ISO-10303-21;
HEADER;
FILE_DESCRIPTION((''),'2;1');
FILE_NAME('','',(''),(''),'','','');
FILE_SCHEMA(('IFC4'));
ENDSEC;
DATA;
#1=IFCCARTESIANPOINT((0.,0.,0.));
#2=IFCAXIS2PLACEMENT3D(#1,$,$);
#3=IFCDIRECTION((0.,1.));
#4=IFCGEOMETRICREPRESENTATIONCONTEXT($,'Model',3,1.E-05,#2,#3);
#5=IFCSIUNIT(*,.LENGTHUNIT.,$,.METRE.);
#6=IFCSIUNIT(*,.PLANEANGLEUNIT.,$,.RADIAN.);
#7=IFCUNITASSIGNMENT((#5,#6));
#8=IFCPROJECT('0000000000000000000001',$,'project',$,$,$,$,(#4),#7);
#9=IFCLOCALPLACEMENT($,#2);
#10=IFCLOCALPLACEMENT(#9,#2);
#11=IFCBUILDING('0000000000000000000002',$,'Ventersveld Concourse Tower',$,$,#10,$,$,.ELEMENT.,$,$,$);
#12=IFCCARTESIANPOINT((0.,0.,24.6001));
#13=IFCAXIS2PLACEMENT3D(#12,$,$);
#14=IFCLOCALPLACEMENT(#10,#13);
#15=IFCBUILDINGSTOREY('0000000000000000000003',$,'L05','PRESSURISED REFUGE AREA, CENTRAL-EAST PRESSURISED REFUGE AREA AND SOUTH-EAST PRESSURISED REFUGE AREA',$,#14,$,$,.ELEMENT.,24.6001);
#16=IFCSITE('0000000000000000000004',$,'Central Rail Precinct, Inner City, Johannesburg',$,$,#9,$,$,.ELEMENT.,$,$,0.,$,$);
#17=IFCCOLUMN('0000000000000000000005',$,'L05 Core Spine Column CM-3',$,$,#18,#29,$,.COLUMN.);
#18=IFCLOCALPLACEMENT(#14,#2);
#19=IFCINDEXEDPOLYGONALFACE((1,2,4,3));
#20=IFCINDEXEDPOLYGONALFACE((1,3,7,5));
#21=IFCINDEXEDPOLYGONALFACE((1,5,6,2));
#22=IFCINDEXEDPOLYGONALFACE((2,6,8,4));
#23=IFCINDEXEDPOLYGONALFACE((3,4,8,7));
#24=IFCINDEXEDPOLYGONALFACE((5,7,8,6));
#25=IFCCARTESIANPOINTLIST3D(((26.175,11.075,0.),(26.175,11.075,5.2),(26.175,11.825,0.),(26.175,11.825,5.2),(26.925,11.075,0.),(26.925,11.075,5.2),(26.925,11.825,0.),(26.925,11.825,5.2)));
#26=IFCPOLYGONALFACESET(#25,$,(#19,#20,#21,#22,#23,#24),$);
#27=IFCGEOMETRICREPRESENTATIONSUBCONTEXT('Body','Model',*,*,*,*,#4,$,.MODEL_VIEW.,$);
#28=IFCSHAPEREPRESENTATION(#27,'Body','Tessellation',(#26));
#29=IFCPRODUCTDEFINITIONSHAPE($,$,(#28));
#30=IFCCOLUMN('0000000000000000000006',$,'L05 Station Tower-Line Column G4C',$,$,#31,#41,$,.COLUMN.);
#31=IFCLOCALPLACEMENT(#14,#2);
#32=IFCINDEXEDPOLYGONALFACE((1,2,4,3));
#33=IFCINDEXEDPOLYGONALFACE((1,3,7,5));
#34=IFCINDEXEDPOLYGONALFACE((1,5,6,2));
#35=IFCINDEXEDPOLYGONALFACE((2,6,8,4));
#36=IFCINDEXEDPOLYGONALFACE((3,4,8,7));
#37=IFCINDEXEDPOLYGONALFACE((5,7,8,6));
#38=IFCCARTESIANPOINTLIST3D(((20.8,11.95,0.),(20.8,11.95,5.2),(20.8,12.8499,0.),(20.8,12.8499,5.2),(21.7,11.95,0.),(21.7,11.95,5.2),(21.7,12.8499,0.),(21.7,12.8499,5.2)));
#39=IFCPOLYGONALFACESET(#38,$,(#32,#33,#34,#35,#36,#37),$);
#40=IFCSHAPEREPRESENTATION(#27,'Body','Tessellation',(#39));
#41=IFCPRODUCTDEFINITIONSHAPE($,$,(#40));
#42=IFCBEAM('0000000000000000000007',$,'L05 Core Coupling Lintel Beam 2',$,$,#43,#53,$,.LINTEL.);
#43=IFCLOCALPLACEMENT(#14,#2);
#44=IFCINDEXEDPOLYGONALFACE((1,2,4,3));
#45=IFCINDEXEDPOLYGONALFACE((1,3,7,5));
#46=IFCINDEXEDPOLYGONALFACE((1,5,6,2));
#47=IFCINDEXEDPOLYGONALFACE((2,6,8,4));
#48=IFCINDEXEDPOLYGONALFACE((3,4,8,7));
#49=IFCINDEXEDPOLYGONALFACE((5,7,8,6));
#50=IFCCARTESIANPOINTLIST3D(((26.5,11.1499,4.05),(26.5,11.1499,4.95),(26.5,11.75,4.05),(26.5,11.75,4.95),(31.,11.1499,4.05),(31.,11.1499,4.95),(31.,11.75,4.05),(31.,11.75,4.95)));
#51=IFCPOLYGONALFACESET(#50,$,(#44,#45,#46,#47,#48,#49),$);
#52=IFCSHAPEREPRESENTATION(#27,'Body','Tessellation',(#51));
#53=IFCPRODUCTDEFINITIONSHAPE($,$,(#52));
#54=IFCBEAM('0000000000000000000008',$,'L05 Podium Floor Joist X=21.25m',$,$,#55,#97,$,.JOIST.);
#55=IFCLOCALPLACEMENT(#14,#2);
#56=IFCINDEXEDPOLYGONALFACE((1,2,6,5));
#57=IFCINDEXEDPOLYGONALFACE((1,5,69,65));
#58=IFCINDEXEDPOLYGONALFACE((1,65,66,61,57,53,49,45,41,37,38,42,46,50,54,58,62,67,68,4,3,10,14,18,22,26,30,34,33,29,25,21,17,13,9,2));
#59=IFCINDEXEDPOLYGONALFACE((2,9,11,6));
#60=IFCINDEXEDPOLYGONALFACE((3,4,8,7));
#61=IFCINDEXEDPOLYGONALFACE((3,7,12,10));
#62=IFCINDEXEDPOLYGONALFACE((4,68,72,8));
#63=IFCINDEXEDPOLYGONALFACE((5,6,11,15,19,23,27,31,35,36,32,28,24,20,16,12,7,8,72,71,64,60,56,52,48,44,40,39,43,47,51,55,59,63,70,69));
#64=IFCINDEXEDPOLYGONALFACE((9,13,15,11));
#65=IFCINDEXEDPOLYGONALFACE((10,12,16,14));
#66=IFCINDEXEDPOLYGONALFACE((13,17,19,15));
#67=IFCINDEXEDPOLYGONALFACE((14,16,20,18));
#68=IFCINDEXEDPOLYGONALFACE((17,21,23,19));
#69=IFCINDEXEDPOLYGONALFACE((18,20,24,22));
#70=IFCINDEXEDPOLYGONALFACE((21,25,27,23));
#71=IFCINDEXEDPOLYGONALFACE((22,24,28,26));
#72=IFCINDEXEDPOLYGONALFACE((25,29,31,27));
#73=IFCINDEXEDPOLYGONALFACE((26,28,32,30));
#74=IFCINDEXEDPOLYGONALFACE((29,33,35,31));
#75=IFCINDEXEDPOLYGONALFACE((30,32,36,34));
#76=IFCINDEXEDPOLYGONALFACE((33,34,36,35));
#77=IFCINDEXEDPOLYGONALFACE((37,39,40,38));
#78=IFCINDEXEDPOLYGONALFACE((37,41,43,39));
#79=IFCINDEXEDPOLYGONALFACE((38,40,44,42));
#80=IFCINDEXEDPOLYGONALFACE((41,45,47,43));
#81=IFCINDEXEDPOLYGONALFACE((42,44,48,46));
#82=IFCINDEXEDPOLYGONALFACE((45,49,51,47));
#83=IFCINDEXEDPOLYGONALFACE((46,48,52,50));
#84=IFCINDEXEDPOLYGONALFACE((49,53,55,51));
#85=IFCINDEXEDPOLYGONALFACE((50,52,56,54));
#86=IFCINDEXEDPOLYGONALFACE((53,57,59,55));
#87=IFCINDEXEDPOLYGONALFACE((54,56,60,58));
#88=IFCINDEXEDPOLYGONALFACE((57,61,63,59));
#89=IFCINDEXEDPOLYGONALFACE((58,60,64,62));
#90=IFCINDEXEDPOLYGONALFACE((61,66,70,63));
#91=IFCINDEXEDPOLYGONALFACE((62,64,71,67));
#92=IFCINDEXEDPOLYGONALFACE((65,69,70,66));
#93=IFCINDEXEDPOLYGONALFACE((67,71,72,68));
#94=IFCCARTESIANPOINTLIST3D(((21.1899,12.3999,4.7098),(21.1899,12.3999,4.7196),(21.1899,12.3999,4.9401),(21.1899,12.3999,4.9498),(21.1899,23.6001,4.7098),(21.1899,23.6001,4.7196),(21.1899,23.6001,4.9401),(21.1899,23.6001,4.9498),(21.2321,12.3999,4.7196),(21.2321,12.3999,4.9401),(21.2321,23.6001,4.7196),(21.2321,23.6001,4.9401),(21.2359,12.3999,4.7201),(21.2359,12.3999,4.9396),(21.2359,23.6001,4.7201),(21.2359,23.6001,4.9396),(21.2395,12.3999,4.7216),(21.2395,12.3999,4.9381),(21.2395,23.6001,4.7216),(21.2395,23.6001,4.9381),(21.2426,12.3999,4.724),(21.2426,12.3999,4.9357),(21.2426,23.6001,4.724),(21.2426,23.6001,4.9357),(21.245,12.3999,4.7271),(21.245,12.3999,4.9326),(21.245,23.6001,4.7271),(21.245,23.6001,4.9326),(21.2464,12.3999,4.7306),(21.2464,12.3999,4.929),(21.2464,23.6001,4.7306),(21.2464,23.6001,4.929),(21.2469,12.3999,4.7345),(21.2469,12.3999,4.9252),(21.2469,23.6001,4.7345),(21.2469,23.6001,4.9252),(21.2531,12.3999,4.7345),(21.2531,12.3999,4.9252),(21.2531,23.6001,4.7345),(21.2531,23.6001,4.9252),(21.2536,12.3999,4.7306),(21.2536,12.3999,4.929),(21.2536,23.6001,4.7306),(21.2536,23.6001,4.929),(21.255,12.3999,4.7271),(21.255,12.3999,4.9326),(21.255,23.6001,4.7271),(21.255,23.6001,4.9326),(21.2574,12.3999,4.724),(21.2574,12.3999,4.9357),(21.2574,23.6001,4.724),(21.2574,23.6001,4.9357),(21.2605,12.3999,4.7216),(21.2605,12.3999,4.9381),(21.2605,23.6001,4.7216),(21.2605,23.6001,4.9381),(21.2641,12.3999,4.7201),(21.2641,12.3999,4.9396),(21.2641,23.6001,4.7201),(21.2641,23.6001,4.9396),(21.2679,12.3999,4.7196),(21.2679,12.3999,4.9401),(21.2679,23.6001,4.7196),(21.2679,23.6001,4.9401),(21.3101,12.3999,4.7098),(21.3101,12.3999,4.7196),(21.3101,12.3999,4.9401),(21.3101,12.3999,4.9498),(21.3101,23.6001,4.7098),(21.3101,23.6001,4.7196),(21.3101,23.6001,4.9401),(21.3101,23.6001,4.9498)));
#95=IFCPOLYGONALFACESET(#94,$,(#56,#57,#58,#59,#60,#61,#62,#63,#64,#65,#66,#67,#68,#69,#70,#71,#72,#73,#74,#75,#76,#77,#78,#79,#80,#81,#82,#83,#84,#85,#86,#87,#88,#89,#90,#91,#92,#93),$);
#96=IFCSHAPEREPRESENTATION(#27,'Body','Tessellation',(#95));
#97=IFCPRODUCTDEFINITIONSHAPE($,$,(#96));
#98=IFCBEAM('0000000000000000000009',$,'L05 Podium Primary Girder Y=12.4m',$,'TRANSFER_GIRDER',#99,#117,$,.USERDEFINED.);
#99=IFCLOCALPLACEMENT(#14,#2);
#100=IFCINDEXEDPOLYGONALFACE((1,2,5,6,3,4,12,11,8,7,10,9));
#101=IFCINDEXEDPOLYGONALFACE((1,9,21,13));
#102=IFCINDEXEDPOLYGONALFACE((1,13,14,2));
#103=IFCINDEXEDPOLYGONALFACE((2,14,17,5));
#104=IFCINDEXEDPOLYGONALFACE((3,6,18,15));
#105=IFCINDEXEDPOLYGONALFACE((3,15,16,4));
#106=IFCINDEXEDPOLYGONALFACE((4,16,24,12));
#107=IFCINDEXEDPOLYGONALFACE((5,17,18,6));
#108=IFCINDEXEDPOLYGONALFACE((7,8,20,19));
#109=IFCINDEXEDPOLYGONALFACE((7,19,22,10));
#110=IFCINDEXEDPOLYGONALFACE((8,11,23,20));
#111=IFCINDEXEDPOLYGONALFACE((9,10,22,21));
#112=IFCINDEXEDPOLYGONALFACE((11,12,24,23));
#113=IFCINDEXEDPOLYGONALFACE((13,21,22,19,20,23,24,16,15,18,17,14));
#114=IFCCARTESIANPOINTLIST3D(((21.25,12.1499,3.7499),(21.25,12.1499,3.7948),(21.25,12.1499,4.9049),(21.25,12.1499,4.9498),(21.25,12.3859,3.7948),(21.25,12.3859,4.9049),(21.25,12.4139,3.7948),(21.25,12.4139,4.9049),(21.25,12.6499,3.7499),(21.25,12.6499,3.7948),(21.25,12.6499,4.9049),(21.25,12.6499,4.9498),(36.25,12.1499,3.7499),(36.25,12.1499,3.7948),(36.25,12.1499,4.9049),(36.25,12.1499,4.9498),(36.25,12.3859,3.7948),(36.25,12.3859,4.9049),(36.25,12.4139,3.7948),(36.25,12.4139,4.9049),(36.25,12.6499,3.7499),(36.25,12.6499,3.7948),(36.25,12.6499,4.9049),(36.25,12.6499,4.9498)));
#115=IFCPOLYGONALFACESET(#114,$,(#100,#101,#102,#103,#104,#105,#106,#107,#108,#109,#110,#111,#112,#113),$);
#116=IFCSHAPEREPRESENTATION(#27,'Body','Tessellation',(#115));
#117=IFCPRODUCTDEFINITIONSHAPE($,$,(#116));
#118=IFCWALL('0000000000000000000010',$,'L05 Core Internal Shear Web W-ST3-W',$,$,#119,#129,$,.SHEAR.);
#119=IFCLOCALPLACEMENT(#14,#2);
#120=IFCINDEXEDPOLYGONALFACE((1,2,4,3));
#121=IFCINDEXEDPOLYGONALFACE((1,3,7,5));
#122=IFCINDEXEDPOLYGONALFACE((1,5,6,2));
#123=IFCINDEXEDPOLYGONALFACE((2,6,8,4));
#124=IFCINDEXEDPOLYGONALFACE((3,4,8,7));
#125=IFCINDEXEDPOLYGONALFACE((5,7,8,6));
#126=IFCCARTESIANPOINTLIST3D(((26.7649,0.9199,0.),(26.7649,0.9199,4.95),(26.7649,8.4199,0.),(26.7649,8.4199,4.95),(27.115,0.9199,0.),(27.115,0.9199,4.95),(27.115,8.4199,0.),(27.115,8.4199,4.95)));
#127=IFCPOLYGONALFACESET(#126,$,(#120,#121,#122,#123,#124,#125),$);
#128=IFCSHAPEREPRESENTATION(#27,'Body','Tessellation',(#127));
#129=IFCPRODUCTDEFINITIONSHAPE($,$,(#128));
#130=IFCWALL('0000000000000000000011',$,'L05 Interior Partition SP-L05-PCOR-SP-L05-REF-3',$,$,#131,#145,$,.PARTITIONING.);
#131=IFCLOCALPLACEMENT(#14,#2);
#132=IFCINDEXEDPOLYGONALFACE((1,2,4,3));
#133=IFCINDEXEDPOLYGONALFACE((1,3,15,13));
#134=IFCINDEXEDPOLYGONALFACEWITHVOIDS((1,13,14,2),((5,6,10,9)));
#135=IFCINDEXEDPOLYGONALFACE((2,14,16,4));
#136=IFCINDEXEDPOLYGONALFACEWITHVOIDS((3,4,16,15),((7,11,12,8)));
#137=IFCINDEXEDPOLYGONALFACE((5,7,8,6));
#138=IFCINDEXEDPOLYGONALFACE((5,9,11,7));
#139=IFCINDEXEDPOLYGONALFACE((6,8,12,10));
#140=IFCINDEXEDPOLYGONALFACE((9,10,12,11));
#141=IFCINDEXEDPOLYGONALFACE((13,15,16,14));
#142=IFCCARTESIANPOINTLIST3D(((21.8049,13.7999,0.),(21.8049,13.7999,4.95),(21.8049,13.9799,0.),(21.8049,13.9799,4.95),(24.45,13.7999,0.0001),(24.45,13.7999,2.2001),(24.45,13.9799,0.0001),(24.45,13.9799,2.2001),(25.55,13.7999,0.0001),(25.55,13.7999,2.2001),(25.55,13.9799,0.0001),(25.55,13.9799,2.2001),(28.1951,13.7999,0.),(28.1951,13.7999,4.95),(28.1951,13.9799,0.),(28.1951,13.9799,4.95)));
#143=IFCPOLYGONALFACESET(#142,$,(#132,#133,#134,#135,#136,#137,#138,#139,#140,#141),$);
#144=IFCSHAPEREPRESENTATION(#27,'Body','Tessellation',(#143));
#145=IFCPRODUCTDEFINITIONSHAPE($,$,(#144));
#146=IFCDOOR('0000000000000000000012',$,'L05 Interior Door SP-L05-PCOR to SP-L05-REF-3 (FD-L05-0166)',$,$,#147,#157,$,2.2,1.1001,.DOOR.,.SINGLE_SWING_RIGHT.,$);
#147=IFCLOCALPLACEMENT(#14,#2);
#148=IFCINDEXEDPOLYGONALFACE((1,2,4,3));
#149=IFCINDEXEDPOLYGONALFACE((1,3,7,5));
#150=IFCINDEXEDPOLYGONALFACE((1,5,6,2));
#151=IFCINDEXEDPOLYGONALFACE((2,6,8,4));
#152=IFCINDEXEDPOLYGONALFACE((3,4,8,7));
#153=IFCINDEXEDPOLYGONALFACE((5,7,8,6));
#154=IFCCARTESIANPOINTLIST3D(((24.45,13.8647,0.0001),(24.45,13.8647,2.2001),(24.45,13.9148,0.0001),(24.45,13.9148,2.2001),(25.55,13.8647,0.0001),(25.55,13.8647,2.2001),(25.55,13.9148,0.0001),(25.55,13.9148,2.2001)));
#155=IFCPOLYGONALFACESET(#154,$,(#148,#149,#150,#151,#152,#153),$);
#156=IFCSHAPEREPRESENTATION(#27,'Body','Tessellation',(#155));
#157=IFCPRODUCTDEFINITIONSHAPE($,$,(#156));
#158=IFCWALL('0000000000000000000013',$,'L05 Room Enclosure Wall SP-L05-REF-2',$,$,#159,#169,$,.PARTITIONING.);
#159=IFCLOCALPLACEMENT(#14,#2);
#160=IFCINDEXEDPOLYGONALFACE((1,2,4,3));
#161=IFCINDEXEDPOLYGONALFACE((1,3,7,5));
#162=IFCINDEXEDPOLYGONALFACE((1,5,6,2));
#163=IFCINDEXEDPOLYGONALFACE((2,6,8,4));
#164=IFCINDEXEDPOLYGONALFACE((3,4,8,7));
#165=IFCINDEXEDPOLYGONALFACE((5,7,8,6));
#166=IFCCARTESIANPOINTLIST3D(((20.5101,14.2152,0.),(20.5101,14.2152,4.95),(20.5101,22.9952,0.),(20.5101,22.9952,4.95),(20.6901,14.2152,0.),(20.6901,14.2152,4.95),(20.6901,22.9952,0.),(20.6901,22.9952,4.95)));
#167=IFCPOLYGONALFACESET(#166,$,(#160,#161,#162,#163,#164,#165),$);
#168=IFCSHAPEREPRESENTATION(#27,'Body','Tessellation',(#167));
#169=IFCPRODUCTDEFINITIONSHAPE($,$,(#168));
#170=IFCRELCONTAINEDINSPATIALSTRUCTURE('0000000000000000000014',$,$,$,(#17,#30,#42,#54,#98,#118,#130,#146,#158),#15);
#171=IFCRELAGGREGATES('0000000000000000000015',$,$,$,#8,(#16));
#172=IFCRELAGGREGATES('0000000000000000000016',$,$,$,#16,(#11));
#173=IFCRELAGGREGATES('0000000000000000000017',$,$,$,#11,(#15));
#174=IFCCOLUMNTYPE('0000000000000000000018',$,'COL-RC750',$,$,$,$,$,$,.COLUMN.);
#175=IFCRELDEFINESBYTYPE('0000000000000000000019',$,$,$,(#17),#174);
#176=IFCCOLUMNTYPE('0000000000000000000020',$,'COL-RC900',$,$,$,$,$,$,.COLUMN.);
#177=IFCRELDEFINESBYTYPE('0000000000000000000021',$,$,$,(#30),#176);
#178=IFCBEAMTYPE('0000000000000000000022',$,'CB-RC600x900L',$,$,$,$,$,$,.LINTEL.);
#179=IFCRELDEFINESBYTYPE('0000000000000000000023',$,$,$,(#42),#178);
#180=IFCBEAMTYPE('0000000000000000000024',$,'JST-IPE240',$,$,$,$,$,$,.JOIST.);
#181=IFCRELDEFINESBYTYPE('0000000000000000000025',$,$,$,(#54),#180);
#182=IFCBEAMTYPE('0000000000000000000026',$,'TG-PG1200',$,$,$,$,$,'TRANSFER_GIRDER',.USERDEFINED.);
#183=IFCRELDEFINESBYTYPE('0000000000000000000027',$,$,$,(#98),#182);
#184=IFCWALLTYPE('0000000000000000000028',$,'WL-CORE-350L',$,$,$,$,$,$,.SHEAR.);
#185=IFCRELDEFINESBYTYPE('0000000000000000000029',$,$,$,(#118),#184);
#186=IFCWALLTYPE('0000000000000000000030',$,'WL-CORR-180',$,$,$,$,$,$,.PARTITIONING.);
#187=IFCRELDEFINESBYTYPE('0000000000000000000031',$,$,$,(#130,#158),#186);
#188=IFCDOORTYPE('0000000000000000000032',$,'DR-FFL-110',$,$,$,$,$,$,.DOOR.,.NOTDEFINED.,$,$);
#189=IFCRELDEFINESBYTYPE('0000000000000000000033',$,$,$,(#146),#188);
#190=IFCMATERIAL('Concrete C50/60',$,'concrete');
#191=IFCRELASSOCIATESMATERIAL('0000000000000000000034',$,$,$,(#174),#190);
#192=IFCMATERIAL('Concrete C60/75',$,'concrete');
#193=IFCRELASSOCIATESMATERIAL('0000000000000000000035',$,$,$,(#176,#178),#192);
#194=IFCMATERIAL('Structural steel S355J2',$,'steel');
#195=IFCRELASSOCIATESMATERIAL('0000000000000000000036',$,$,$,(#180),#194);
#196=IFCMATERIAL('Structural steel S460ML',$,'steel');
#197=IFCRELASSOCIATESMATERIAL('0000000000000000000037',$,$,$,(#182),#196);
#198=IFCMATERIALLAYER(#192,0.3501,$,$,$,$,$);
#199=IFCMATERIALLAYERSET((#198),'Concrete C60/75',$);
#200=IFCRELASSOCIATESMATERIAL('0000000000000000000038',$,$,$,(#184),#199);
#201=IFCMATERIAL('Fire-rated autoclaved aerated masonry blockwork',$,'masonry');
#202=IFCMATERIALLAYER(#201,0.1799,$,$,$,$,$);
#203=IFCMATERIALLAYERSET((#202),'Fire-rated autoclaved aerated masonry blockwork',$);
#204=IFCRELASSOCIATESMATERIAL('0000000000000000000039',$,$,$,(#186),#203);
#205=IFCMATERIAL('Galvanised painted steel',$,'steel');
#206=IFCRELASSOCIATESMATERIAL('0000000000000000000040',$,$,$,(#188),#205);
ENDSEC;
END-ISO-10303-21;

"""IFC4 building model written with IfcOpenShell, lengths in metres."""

from ifc_helpers import new_model, si_unit, direction, frame, frame_2d, origin, origin_2d, place, context, subcontext, project, spatial, rectangle, i_section, extrude, material, layer, layer_set, material_profile, profile_set, type_object, element, fill, save


model = new_model("IFC4")

# Units and contexts
model_context = context("Model", 3, precision=1e-05, world=origin(), true_north=direction((0.0, 1.0)))
body_context = subcontext(model_context, "Body", "Model", "MODEL_VIEW")
ifc_project = project(units=[si_unit("LENGTHUNIT", "METRE"), si_unit("PLANEANGLEUNIT", "RADIAN")], contexts=[model_context])

# Site, building, storey
site_placement = place(None, origin())
site = spatial("IfcSite", under=ifc_project, at=site_placement, Name="Central Rail Precinct, Inner City, Johannesburg", CompositionType="ELEMENT", RefElevation=0.0)
building_placement = place(site_placement, origin())
building = spatial("IfcBuilding", under=site, at=building_placement, Name="Ventersveld Concourse Tower", CompositionType="ELEMENT")
storey_placement = place(building_placement, frame((0.0, 0.0, 24.6001)))
storey = spatial("IfcBuildingStorey", under=building, at=storey_placement, Name="L05", Description="PRESSURISED REFUGE AREA, CENTRAL-EAST PRESSURISED REFUGE AREA AND SOUTH-EAST PRESSURISED REFUGE AREA", CompositionType="ELEMENT", Elevation=24.6001)

# Columns
ifc_material_1 = material(Name="Concrete C50/60", Category="concrete")
ifc_material_profile_1 = material_profile(ifc_material_1, rectangle(XDim=0.75, YDim=0.75, at=origin_2d()), Name="RC 750x750")
ifc_profile_set_1 = profile_set([ifc_material_profile_1], Name="Concrete C50/60")
column_type_1 = type_object("IfcColumnType", Name="COL-RC750", PredefinedType="COLUMN", material=ifc_profile_set_1)
column_1_placement = place(storey_placement, frame((26.55, 11.45, 0.0), z_axis=(0.0, 0.0, 1.0), x_axis=(1.0, 0.0, 0.0)))
element("IfcColumn", 1, at=column_1_placement, inside=storey, type_object=column_type_1, Name="L05 Core Spine Column CM-3", PredefinedType="COLUMN", context=body_context, shape_type="SweptSolid", body=[
    extrude(rectangle(XDim=0.75, YDim=0.75, at=origin_2d()), origin(), (0.0, 0.0, 1.0), 5.2),
])
ifc_material_2 = material(Name="Concrete C60/75", Category="concrete")
ifc_material_profile_2 = material_profile(ifc_material_2, rectangle(XDim=0.8999, YDim=0.8999, at=origin_2d()), Name="RC 900x900")
ifc_profile_set_2 = profile_set([ifc_material_profile_2], Name="Concrete C60/75")
column_type_2 = type_object("IfcColumnType", Name="COL-RC900", PredefinedType="COLUMN", material=ifc_profile_set_2)
column_2_placement = place(storey_placement, frame((21.25, 12.3999, 0.0), z_axis=(0.0, 0.0, 1.0), x_axis=(1.0, 0.0, 0.0)))
element("IfcColumn", 2, at=column_2_placement, inside=storey, type_object=column_type_2, Name="L05 Station Tower-Line Column G4C", PredefinedType="COLUMN", context=body_context, shape_type="SweptSolid", body=[
    extrude(rectangle(XDim=0.8999, YDim=0.8999, at=origin_2d()), origin(), (0.0, 0.0, 1.0), 5.2),
])

# Beams
ifc_material_profile_3 = material_profile(ifc_material_2, rectangle(XDim=0.6001, YDim=0.8999, at=origin_2d()), Name="RC 600x900")
ifc_profile_set_3 = profile_set([ifc_material_profile_3], Name="Concrete C60/75")
beam_type_1 = type_object("IfcBeamType", Name="CB-RC600x900L", PredefinedType="LINTEL", material=ifc_profile_set_3)
beam_1_placement = place(storey_placement, frame((26.5, 11.45, 4.5), z_axis=(1.0, 0.0, 0.0), x_axis=(0.0, 1.0, 0.0)))
element("IfcBeam", 3, at=beam_1_placement, inside=storey, type_object=beam_type_1, Name="L05 Core Coupling Lintel Beam 2", PredefinedType="LINTEL", context=body_context, shape_type="SweptSolid", body=[
    extrude(rectangle(XDim=0.6001, YDim=0.8999, at=origin_2d()), origin(), (0.0, 0.0, 1.0), 4.5),
])
ifc_material_3 = material(Name="Structural steel S355J2", Category="steel")
ifc_material_profile_4 = material_profile(ifc_material_3, i_section(OverallWidth=0.1201, OverallDepth=0.24, WebThickness=0.0061, FlangeThickness=0.0098, FilletRadius=0.0149, at=origin_2d()), Name="IPE 240")
ifc_profile_set_4 = profile_set([ifc_material_profile_4], Name="Structural steel S355J2")
beam_type_2 = type_object("IfcBeamType", Name="JST-IPE240", PredefinedType="JOIST", material=ifc_profile_set_4)
beam_2_placement = place(storey_placement, frame((21.25, 12.3999, 4.8298), z_axis=(0.0, 1.0, 0.0), x_axis=(-1.0, 0.0, 0.0)))
element("IfcBeam", 4, at=beam_2_placement, inside=storey, type_object=beam_type_2, Name="L05 Podium Floor Joist X=21.25m", PredefinedType="JOIST", context=body_context, shape_type="SweptSolid", body=[
    extrude(i_section(OverallWidth=0.1201, OverallDepth=0.24, WebThickness=0.0061, FlangeThickness=0.0098, FilletRadius=0.0149, at=origin_2d()), origin(), (0.0, 0.0, 1.0), 11.2002),
])
ifc_material_4 = material(Name="Structural steel S460ML", Category="steel")
ifc_material_profile_5 = material_profile(ifc_material_4, i_section(OverallWidth=0.5, OverallDepth=1.2, WebThickness=0.0281, FlangeThickness=0.0449, at=origin_2d()), Name="PG 1200x500x45")
ifc_profile_set_5 = profile_set([ifc_material_profile_5], Name="Structural steel S460ML")
beam_type_3 = type_object("IfcBeamType", Name="TG-PG1200", ElementType="TRANSFER_GIRDER", PredefinedType="USERDEFINED", material=ifc_profile_set_5)
beam_3_placement = place(storey_placement, frame((21.25, 12.3999, 4.3499), z_axis=(1.0, 0.0, 0.0), x_axis=(0.0, 1.0, 0.0)))
element("IfcBeam", 5, at=beam_3_placement, inside=storey, type_object=beam_type_3, Name="L05 Podium Primary Girder Y=12.4m", ObjectType="TRANSFER_GIRDER", PredefinedType="USERDEFINED", context=body_context, shape_type="SweptSolid", body=[
    extrude(i_section(OverallWidth=0.5, OverallDepth=1.2, WebThickness=0.0281, FlangeThickness=0.0449, at=origin_2d()), origin(), (0.0, 0.0, 1.0), 15.0),
])

# Wall
ifc_layer_1 = layer(ifc_material_2, 0.3501)
ifc_layer_set_1 = layer_set([ifc_layer_1], Name="Concrete C60/75")
wall_type_1 = type_object("IfcWallType", Name="WL-CORE-350L", PredefinedType="SHEAR", material=ifc_layer_set_1)
wall_1_placement = place(storey_placement, frame((26.9399, 0.9199, 0.0), z_axis=(0.0, 0.0, 1.0), x_axis=(0.0, 1.0, 0.0)))
element("IfcWall", 6, at=wall_1_placement, inside=storey, type_object=wall_type_1, Name="L05 Core Internal Shear Web W-ST3-W", PredefinedType="SHEAR", context=body_context, shape_type="SweptSolid", body=[
    extrude(rectangle(XDim=7.5, YDim=0.3501, at=frame_2d((3.75, 0.0))), origin(), (0.0, 0.0, 1.0), 4.95),
])

# Wall, opening, door
ifc_material_5 = material(Name="Fire-rated autoclaved aerated masonry blockwork", Category="masonry")
ifc_layer_2 = layer(ifc_material_5, 0.1799)
ifc_layer_set_2 = layer_set([ifc_layer_2], Name="Fire-rated autoclaved aerated masonry blockwork")
wall_type_2 = type_object("IfcWallType", Name="WL-CORR-180", PredefinedType="PARTITIONING", material=ifc_layer_set_2)
wall_2_placement = place(storey_placement, frame((21.8049, 13.8899, 0.0), z_axis=(0.0, 0.0, 1.0), x_axis=(1.0, 0.0, 0.0)))
wall_2 = element("IfcWall", 7, at=wall_2_placement, inside=storey, type_object=wall_type_2, Name="L05 Interior Partition SP-L05-PCOR-SP-L05-REF-3", PredefinedType="PARTITIONING", context=body_context, shape_type="SweptSolid", body=[
    extrude(rectangle(XDim=6.3901, YDim=0.1799, at=frame_2d((3.1951, 0.0))), origin(), (0.0, 0.0, 1.0), 4.95),
])
opening_1_placement = place(wall_2_placement, frame((2.645, 0.0, 0.0)))
opening_1 = element("IfcOpeningElement", 8, at=opening_1_placement, cuts=wall_2, PredefinedType="OPENING", context=body_context, shape_type="SweptSolid", body=[
    extrude(rectangle(XDim=1.1001, YDim=2.2, at=frame_2d((0.55, 1.1001))), frame((0.0, 0.1001, 0.0), z_axis=(0.0, -1.0, 0.0), x_axis=(1.0, 0.0, 0.0)), (0.0, 0.0, 1.0), 0.2),
])
ifc_material_6 = material(Name="Galvanised painted steel", Category="steel")
door_type_1 = type_object("IfcDoorType", Name="DR-FFL-110", OperationType="NOTDEFINED", PredefinedType="DOOR", material=ifc_material_6)
door_1_placement = place(opening_1_placement, origin())
door_1 = element("IfcDoor", 9, at=door_1_placement, inside=storey, type_object=door_type_1, Name="L05 Interior Door SP-L05-PCOR to SP-L05-REF-3 (FD-L05-0166)", OperationType="SINGLE_SWING_RIGHT", OverallHeight=2.2, OverallWidth=1.1001, PredefinedType="DOOR", context=body_context, shape_type="SweptSolid", body=[
    extrude(rectangle(XDim=1.1001, YDim=2.2, at=frame_2d((0.55, 1.1001))), frame((0.0, 0.0249, 0.0), z_axis=(0.0, -1.0, 0.0), x_axis=(1.0, 0.0, 0.0)), (0.0, 0.0, 1.0), 0.05),
])
fill(opening_1, door_1)

# Wall
for number, where, z_axis, x_axis, name in (
    (10, (20.6001, 14.2151, 0.0), (0.0, 0.0, 1.0), (0.0, 1.0, 0.0), "L05 Room Enclosure Wall SP-L05-REF-2"),
):
    element("IfcWall", number, at=place(storey_placement, frame(where, z_axis=z_axis, x_axis=x_axis)), inside=storey, type_object=wall_type_2, Name=name, PredefinedType="PARTITIONING", context=body_context, shape_type="SweptSolid", body=[
        extrude(rectangle(XDim=8.78, YDim=0.1799, at=frame_2d((4.3901, 0.0))), origin(), (0.0, 0.0, 1.0), 4.95),
    ])

save(model, "model.ifc")
